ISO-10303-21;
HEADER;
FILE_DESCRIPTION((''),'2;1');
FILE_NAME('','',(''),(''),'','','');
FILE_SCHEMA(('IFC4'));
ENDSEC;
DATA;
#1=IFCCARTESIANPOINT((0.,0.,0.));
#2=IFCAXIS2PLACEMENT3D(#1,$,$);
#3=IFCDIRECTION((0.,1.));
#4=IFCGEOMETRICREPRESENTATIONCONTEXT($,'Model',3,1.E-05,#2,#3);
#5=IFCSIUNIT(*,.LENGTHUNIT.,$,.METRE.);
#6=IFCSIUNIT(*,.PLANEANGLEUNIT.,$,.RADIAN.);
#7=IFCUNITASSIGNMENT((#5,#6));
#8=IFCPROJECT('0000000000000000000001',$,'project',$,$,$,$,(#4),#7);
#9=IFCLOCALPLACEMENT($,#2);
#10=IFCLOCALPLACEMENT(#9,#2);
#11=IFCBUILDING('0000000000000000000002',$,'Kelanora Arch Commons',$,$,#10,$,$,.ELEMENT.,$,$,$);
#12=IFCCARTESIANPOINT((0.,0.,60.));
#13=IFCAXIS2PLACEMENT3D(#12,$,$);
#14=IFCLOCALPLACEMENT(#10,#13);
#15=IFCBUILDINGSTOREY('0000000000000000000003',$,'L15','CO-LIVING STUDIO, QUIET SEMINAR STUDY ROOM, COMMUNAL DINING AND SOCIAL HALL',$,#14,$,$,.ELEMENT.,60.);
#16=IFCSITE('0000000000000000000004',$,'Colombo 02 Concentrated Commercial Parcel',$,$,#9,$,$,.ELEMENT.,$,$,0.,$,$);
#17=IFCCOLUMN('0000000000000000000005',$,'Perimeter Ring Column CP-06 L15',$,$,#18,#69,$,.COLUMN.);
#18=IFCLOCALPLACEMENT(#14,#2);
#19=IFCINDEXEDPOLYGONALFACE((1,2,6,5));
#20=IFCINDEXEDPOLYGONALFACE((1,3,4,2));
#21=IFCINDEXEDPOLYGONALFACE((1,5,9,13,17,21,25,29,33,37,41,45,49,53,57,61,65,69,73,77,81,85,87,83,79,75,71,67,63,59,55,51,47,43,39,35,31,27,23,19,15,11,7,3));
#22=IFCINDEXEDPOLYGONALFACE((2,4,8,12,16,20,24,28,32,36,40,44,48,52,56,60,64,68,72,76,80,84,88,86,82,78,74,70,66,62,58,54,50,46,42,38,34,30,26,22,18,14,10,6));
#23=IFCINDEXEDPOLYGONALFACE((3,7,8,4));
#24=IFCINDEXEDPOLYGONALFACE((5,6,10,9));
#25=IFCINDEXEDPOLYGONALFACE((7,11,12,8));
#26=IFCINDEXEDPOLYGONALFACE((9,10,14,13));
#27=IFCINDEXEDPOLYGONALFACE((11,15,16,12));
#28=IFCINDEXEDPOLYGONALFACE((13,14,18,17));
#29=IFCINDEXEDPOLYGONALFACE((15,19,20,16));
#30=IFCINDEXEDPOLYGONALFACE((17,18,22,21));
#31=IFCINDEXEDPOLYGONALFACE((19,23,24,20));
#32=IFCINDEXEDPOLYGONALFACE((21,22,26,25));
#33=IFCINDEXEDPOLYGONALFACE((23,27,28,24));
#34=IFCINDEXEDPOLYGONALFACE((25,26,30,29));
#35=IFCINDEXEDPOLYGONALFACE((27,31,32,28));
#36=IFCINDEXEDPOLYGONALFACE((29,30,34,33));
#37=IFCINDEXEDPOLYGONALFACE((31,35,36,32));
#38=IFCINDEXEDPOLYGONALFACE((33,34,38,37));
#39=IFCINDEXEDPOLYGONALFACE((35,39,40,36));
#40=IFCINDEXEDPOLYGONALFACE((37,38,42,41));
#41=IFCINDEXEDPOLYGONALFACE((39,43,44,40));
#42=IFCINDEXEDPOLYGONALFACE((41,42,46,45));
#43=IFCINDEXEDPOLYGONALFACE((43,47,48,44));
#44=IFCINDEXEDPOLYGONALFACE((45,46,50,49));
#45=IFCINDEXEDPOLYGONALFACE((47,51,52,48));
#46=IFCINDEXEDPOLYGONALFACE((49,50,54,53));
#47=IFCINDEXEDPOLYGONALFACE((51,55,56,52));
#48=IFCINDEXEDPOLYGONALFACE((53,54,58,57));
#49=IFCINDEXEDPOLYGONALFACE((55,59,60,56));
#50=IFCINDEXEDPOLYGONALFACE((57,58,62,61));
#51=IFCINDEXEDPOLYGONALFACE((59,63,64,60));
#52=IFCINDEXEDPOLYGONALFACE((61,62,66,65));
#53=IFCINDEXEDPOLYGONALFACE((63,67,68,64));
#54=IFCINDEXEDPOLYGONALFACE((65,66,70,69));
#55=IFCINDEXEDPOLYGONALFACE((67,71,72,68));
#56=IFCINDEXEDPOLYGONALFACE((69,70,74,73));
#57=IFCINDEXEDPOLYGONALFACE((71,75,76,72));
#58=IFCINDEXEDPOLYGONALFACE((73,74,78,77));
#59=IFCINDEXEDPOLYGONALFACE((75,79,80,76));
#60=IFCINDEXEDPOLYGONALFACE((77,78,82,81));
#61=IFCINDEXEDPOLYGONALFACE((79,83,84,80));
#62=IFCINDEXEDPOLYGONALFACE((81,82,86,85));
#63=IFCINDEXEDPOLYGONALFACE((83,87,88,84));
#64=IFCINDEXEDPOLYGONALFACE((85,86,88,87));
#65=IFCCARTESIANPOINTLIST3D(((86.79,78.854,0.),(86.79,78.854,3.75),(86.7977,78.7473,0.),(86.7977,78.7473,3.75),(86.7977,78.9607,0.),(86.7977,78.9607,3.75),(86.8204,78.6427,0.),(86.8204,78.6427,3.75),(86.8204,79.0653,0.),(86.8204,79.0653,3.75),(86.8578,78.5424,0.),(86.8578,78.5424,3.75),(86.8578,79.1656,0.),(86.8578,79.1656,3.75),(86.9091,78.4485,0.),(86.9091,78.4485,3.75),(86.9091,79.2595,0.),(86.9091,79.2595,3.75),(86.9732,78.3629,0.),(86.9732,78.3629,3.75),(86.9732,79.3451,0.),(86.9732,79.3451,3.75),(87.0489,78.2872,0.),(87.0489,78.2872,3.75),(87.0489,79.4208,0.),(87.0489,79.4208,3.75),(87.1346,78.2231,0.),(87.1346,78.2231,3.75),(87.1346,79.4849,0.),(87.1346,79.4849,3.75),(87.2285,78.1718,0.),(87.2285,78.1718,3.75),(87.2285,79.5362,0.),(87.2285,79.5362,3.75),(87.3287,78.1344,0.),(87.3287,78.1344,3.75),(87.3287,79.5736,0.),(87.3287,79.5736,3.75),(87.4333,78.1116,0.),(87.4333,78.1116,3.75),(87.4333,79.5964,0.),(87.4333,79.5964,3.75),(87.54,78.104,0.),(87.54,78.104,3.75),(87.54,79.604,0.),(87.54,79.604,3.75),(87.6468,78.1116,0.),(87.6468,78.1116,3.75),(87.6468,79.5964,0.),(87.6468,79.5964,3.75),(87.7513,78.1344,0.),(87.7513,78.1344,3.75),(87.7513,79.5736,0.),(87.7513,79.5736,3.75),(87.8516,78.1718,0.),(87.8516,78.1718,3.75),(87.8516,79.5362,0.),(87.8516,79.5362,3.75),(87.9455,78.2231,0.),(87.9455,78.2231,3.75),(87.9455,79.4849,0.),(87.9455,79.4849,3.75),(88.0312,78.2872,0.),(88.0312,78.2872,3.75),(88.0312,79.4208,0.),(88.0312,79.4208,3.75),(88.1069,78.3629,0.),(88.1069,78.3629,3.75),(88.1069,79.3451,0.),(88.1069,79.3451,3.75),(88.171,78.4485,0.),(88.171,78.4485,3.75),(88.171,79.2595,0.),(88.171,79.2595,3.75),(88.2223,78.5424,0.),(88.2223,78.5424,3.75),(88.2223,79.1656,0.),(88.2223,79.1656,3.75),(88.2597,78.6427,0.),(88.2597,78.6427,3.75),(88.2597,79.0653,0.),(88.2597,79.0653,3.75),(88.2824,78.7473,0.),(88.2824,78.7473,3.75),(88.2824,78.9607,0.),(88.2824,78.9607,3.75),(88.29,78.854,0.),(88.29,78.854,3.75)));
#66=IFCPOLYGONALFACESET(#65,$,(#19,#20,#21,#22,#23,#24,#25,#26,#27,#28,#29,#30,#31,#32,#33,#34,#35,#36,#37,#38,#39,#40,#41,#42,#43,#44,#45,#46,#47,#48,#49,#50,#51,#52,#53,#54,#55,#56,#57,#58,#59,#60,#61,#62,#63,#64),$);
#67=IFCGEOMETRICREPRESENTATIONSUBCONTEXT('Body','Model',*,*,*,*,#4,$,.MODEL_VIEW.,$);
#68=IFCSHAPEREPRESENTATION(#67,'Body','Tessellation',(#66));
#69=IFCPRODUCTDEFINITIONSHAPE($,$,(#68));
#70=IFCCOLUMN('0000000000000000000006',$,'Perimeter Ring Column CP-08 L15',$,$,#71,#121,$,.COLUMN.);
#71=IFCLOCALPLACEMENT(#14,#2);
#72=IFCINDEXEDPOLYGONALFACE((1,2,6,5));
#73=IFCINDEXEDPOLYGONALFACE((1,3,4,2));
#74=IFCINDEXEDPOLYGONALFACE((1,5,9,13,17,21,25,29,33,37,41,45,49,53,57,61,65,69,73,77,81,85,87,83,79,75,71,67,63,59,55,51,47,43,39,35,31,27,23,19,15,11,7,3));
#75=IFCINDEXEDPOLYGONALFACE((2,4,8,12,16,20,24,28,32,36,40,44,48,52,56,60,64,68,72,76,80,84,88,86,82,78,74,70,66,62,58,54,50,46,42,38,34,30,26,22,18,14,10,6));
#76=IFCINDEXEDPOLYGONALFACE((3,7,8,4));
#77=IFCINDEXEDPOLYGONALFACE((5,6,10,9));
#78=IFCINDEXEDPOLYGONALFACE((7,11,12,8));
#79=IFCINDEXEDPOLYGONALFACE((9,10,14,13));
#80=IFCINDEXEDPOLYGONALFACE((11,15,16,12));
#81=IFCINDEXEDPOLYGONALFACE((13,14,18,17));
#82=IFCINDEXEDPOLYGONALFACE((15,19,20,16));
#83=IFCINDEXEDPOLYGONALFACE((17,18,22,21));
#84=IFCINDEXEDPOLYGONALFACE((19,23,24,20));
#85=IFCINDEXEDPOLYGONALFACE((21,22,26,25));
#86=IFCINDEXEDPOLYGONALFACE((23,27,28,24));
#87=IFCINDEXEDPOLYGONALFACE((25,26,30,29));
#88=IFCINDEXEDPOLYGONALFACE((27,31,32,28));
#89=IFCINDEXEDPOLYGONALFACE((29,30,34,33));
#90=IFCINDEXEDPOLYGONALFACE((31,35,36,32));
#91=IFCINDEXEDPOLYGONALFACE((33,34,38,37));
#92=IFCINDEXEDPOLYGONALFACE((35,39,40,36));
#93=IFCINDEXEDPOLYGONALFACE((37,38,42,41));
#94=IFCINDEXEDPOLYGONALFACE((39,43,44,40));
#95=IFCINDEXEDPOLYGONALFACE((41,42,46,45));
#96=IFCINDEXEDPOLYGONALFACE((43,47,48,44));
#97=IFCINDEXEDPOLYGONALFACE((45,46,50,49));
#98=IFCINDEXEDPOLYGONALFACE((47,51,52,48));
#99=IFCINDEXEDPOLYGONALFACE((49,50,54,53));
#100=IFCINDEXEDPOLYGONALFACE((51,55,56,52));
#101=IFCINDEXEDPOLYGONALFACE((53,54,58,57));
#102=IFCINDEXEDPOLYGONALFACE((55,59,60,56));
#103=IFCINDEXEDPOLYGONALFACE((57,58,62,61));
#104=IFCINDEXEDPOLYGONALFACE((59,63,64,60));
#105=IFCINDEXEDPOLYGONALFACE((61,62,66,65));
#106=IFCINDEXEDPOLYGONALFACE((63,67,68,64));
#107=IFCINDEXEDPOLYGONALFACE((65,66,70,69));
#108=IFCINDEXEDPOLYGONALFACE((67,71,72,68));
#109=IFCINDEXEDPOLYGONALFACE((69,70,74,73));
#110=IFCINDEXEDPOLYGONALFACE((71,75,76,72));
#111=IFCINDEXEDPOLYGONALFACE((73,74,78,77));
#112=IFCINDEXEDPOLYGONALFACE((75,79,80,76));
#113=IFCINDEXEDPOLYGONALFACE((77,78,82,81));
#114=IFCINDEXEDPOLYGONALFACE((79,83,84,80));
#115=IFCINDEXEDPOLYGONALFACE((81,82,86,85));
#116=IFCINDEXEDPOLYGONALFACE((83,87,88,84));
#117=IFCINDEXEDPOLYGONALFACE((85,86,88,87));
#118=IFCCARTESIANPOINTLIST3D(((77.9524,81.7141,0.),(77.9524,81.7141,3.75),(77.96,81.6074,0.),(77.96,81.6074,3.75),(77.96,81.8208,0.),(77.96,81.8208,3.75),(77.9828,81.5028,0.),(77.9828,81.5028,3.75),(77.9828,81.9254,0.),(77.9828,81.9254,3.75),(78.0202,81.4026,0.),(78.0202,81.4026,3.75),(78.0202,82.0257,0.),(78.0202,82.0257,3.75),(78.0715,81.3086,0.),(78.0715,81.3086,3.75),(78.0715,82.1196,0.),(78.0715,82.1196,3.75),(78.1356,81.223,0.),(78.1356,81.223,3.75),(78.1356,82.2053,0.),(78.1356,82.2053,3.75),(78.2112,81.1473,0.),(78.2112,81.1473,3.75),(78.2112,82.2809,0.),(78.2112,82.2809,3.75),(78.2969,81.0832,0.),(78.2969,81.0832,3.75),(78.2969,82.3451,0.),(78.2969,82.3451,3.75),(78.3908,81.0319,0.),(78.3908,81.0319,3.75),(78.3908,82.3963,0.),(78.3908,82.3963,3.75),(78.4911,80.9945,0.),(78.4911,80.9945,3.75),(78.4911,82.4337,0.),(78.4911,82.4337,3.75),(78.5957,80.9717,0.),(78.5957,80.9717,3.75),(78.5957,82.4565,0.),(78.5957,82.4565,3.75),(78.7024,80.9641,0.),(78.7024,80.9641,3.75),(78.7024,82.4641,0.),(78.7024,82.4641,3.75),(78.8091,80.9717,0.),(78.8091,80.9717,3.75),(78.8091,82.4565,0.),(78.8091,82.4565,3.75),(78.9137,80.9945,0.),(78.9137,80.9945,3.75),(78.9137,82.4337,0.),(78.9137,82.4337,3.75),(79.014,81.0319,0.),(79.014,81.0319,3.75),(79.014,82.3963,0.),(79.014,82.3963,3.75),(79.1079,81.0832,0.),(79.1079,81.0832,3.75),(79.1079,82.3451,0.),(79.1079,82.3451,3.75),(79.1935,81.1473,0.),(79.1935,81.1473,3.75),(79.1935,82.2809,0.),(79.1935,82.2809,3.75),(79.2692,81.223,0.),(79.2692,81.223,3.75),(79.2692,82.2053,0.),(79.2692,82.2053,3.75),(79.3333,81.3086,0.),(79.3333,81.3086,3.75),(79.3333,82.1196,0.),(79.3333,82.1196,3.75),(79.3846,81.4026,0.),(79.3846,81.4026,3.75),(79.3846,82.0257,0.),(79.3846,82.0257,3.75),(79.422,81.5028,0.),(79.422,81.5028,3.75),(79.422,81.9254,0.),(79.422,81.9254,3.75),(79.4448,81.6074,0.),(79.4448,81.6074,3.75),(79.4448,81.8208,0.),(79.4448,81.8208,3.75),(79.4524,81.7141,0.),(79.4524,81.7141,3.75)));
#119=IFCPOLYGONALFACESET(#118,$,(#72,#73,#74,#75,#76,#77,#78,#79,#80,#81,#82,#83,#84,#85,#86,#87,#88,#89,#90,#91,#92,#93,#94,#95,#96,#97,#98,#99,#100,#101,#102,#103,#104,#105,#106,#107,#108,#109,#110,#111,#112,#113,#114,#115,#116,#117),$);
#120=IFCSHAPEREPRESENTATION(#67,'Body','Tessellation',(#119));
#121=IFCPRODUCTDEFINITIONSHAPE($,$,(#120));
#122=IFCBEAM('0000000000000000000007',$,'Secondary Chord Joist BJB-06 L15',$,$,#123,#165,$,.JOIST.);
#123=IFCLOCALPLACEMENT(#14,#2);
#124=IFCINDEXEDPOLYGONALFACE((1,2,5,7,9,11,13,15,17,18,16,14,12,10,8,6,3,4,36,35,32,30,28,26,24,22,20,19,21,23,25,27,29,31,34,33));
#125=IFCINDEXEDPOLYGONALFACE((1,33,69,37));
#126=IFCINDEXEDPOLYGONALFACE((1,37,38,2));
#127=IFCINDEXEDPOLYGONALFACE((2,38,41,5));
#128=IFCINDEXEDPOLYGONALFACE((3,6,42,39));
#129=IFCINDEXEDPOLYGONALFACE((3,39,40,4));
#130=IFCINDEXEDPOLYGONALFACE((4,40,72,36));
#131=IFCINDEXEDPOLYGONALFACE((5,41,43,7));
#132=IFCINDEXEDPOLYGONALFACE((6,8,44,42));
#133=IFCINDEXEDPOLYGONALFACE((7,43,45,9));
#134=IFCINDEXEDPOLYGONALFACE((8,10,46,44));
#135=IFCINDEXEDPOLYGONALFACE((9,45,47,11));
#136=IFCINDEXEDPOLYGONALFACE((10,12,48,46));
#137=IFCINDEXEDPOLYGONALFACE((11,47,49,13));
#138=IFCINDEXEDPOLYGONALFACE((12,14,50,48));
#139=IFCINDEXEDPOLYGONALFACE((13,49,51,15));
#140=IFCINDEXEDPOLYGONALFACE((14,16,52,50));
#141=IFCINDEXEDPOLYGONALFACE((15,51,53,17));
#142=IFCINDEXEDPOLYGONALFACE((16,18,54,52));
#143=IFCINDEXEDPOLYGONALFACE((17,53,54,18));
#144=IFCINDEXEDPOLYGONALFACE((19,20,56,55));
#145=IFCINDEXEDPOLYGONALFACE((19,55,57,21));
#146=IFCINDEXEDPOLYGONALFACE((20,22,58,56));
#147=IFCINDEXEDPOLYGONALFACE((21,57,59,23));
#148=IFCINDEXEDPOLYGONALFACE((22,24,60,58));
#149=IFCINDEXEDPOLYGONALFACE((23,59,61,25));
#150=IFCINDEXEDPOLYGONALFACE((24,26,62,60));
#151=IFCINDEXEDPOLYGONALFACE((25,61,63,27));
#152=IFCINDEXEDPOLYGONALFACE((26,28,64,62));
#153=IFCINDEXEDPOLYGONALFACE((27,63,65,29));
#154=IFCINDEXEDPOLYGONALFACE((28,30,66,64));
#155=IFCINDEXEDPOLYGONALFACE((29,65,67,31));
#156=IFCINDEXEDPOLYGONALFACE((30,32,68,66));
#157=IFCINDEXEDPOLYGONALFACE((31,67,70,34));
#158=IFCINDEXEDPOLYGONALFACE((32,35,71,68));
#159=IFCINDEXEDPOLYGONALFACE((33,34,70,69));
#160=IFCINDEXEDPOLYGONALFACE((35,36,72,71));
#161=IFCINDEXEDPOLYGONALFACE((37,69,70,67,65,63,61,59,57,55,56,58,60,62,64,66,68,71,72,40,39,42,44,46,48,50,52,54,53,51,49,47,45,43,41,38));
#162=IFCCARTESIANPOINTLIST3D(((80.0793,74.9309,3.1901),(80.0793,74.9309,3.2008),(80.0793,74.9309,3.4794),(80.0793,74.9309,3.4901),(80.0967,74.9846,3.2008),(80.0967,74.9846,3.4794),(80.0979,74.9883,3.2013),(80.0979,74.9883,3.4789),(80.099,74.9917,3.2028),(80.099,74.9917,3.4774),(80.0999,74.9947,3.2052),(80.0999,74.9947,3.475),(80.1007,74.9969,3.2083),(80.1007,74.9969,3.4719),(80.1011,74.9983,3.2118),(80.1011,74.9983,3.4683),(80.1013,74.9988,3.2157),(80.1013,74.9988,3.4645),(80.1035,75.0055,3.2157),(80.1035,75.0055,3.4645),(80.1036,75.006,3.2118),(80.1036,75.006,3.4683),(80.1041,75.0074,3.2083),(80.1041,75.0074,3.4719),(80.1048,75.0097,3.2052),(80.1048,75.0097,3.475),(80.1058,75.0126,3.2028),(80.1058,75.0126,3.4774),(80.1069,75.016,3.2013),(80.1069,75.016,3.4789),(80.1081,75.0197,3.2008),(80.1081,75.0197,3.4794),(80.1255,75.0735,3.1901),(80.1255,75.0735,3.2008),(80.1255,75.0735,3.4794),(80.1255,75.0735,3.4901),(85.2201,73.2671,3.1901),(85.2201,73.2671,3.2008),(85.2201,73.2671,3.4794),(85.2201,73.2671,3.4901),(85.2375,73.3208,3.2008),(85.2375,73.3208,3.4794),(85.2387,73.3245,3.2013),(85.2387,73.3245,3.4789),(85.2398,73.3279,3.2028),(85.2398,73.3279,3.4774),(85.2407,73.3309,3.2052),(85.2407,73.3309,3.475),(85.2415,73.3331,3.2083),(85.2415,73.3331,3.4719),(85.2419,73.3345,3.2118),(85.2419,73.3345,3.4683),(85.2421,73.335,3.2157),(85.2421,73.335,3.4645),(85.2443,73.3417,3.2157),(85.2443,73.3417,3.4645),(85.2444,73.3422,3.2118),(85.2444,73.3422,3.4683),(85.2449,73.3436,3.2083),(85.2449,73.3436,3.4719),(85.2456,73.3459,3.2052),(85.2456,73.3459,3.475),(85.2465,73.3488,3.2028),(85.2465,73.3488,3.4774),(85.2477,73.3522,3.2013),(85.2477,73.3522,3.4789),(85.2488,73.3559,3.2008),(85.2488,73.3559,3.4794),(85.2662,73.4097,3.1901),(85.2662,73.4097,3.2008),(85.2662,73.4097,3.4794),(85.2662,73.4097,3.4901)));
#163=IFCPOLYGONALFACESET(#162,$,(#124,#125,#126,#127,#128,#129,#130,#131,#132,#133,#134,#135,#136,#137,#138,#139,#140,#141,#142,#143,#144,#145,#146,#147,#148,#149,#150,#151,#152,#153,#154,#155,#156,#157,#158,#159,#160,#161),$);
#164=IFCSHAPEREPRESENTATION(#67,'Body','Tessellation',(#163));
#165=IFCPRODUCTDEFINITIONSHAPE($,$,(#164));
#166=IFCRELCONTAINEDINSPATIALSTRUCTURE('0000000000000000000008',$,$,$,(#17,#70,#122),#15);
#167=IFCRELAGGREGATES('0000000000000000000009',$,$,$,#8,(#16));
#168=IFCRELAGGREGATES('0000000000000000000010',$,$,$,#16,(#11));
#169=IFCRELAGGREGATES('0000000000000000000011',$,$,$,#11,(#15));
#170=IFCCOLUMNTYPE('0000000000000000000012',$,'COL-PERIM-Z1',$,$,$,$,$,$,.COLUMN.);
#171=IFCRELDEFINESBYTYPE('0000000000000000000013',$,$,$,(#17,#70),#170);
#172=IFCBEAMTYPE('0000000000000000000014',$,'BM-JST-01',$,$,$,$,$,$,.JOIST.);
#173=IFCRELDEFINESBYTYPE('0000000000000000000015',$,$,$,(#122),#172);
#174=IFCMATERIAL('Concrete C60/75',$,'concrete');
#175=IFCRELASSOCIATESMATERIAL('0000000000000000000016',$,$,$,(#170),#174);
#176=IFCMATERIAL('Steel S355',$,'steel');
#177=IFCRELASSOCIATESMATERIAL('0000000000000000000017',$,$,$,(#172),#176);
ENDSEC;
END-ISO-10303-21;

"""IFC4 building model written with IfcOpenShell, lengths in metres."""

from ifc_helpers import new_model, si_unit, direction, frame, origin, origin_2d, place, context, subcontext, project, spatial, circle, i_section, extrude, material, material_profile, profile_set, type_object, element, save


model = new_model("IFC4")

# Units and contexts
model_context = context("Model", 3, precision=1e-05, world=origin(), true_north=direction((0.0, 1.0)))
body_context = subcontext(model_context, "Body", "Model", "MODEL_VIEW")
ifc_project = project(units=[si_unit("LENGTHUNIT", "METRE"), si_unit("PLANEANGLEUNIT", "RADIAN")], contexts=[model_context])

# Site, building, storey
site_placement = place(None, origin())
site = spatial("IfcSite", under=ifc_project, at=site_placement, Name="Colombo 02 Concentrated Commercial Parcel", CompositionType="ELEMENT", RefElevation=0.0)
building_placement = place(site_placement, origin())
building = spatial("IfcBuilding", under=site, at=building_placement, Name="Kelanora Arch Commons", CompositionType="ELEMENT")
storey_placement = place(building_placement, frame((0.0, 0.0, 60.0)))
storey = spatial("IfcBuildingStorey", under=building, at=storey_placement, Name="L15", Description="CO-LIVING STUDIO, QUIET SEMINAR STUDY ROOM, COMMUNAL DINING AND SOCIAL HALL", CompositionType="ELEMENT", Elevation=60.0)

# Columns
ifc_material_1 = material(Name="Concrete C60/75", Category="concrete")
ifc_material_profile_1 = material_profile(ifc_material_1, circle(Radius=0.75, at=origin_2d()), Name="RCC1500")
ifc_profile_set_1 = profile_set([ifc_material_profile_1], Name="Concrete C60/75")
column_type = type_object("IfcColumnType", Name="COL-PERIM-Z1", PredefinedType="COLUMN", material=ifc_profile_set_1)
for number, where, z_axis, x_axis, name in (
    (1, (87.54, 78.854, 0.0), (0.0, 0.0, 1.0), (1.0, 0.0, 0.0), "Perimeter Ring Column CP-06 L15"),
    (2, (78.7024, 81.7141, 0.0), (0.0, 0.0, 1.0), (1.0, 0.0, 0.0), "Perimeter Ring Column CP-08 L15"),
):
    element("IfcColumn", number, at=place(storey_placement, frame(where, z_axis=z_axis, x_axis=x_axis)), inside=storey, type_object=column_type, Name=name, PredefinedType="COLUMN", context=body_context, shape_type="SweptSolid", body=[
        extrude(circle(Radius=0.75, at=origin_2d()), origin(), (0.0, 0.0, 1.0), 3.75),
    ])

# Beam
ifc_material_2 = material(Name="Steel S355", Category="steel")
ifc_material_profile_2 = material_profile(ifc_material_2, i_section(OverallWidth=0.1499, OverallDepth=0.3, WebThickness=0.0071, FlangeThickness=0.0107, FilletRadius=0.0149, at=origin_2d()), Name="IPE300")
ifc_profile_set_2 = profile_set([ifc_material_profile_2], Name="Steel S355")
beam_type_1 = type_object("IfcBeamType", Name="BM-JST-01", PredefinedType="JOIST", material=ifc_profile_set_2)
beam_1_placement = place(storey_placement, frame((85.2432, 73.3384, 3.3401), z_axis=(-0.951412, 0.30792, 0.0), x_axis=(-0.30792, -0.951412, 0.0)))
element("IfcBeam", 3, at=beam_1_placement, inside=storey, type_object=beam_type_1, Name="Secondary Chord Joist BJB-06 L15", PredefinedType="JOIST", context=body_context, shape_type="SweptSolid", body=[
    extrude(i_section(OverallWidth=0.1499, OverallDepth=0.3, WebThickness=0.0071, FlangeThickness=0.0107, FilletRadius=0.0149, at=origin_2d()), origin(), (0.0, 0.0, 1.0), 5.4033),
])

save(model, "model.ifc")
